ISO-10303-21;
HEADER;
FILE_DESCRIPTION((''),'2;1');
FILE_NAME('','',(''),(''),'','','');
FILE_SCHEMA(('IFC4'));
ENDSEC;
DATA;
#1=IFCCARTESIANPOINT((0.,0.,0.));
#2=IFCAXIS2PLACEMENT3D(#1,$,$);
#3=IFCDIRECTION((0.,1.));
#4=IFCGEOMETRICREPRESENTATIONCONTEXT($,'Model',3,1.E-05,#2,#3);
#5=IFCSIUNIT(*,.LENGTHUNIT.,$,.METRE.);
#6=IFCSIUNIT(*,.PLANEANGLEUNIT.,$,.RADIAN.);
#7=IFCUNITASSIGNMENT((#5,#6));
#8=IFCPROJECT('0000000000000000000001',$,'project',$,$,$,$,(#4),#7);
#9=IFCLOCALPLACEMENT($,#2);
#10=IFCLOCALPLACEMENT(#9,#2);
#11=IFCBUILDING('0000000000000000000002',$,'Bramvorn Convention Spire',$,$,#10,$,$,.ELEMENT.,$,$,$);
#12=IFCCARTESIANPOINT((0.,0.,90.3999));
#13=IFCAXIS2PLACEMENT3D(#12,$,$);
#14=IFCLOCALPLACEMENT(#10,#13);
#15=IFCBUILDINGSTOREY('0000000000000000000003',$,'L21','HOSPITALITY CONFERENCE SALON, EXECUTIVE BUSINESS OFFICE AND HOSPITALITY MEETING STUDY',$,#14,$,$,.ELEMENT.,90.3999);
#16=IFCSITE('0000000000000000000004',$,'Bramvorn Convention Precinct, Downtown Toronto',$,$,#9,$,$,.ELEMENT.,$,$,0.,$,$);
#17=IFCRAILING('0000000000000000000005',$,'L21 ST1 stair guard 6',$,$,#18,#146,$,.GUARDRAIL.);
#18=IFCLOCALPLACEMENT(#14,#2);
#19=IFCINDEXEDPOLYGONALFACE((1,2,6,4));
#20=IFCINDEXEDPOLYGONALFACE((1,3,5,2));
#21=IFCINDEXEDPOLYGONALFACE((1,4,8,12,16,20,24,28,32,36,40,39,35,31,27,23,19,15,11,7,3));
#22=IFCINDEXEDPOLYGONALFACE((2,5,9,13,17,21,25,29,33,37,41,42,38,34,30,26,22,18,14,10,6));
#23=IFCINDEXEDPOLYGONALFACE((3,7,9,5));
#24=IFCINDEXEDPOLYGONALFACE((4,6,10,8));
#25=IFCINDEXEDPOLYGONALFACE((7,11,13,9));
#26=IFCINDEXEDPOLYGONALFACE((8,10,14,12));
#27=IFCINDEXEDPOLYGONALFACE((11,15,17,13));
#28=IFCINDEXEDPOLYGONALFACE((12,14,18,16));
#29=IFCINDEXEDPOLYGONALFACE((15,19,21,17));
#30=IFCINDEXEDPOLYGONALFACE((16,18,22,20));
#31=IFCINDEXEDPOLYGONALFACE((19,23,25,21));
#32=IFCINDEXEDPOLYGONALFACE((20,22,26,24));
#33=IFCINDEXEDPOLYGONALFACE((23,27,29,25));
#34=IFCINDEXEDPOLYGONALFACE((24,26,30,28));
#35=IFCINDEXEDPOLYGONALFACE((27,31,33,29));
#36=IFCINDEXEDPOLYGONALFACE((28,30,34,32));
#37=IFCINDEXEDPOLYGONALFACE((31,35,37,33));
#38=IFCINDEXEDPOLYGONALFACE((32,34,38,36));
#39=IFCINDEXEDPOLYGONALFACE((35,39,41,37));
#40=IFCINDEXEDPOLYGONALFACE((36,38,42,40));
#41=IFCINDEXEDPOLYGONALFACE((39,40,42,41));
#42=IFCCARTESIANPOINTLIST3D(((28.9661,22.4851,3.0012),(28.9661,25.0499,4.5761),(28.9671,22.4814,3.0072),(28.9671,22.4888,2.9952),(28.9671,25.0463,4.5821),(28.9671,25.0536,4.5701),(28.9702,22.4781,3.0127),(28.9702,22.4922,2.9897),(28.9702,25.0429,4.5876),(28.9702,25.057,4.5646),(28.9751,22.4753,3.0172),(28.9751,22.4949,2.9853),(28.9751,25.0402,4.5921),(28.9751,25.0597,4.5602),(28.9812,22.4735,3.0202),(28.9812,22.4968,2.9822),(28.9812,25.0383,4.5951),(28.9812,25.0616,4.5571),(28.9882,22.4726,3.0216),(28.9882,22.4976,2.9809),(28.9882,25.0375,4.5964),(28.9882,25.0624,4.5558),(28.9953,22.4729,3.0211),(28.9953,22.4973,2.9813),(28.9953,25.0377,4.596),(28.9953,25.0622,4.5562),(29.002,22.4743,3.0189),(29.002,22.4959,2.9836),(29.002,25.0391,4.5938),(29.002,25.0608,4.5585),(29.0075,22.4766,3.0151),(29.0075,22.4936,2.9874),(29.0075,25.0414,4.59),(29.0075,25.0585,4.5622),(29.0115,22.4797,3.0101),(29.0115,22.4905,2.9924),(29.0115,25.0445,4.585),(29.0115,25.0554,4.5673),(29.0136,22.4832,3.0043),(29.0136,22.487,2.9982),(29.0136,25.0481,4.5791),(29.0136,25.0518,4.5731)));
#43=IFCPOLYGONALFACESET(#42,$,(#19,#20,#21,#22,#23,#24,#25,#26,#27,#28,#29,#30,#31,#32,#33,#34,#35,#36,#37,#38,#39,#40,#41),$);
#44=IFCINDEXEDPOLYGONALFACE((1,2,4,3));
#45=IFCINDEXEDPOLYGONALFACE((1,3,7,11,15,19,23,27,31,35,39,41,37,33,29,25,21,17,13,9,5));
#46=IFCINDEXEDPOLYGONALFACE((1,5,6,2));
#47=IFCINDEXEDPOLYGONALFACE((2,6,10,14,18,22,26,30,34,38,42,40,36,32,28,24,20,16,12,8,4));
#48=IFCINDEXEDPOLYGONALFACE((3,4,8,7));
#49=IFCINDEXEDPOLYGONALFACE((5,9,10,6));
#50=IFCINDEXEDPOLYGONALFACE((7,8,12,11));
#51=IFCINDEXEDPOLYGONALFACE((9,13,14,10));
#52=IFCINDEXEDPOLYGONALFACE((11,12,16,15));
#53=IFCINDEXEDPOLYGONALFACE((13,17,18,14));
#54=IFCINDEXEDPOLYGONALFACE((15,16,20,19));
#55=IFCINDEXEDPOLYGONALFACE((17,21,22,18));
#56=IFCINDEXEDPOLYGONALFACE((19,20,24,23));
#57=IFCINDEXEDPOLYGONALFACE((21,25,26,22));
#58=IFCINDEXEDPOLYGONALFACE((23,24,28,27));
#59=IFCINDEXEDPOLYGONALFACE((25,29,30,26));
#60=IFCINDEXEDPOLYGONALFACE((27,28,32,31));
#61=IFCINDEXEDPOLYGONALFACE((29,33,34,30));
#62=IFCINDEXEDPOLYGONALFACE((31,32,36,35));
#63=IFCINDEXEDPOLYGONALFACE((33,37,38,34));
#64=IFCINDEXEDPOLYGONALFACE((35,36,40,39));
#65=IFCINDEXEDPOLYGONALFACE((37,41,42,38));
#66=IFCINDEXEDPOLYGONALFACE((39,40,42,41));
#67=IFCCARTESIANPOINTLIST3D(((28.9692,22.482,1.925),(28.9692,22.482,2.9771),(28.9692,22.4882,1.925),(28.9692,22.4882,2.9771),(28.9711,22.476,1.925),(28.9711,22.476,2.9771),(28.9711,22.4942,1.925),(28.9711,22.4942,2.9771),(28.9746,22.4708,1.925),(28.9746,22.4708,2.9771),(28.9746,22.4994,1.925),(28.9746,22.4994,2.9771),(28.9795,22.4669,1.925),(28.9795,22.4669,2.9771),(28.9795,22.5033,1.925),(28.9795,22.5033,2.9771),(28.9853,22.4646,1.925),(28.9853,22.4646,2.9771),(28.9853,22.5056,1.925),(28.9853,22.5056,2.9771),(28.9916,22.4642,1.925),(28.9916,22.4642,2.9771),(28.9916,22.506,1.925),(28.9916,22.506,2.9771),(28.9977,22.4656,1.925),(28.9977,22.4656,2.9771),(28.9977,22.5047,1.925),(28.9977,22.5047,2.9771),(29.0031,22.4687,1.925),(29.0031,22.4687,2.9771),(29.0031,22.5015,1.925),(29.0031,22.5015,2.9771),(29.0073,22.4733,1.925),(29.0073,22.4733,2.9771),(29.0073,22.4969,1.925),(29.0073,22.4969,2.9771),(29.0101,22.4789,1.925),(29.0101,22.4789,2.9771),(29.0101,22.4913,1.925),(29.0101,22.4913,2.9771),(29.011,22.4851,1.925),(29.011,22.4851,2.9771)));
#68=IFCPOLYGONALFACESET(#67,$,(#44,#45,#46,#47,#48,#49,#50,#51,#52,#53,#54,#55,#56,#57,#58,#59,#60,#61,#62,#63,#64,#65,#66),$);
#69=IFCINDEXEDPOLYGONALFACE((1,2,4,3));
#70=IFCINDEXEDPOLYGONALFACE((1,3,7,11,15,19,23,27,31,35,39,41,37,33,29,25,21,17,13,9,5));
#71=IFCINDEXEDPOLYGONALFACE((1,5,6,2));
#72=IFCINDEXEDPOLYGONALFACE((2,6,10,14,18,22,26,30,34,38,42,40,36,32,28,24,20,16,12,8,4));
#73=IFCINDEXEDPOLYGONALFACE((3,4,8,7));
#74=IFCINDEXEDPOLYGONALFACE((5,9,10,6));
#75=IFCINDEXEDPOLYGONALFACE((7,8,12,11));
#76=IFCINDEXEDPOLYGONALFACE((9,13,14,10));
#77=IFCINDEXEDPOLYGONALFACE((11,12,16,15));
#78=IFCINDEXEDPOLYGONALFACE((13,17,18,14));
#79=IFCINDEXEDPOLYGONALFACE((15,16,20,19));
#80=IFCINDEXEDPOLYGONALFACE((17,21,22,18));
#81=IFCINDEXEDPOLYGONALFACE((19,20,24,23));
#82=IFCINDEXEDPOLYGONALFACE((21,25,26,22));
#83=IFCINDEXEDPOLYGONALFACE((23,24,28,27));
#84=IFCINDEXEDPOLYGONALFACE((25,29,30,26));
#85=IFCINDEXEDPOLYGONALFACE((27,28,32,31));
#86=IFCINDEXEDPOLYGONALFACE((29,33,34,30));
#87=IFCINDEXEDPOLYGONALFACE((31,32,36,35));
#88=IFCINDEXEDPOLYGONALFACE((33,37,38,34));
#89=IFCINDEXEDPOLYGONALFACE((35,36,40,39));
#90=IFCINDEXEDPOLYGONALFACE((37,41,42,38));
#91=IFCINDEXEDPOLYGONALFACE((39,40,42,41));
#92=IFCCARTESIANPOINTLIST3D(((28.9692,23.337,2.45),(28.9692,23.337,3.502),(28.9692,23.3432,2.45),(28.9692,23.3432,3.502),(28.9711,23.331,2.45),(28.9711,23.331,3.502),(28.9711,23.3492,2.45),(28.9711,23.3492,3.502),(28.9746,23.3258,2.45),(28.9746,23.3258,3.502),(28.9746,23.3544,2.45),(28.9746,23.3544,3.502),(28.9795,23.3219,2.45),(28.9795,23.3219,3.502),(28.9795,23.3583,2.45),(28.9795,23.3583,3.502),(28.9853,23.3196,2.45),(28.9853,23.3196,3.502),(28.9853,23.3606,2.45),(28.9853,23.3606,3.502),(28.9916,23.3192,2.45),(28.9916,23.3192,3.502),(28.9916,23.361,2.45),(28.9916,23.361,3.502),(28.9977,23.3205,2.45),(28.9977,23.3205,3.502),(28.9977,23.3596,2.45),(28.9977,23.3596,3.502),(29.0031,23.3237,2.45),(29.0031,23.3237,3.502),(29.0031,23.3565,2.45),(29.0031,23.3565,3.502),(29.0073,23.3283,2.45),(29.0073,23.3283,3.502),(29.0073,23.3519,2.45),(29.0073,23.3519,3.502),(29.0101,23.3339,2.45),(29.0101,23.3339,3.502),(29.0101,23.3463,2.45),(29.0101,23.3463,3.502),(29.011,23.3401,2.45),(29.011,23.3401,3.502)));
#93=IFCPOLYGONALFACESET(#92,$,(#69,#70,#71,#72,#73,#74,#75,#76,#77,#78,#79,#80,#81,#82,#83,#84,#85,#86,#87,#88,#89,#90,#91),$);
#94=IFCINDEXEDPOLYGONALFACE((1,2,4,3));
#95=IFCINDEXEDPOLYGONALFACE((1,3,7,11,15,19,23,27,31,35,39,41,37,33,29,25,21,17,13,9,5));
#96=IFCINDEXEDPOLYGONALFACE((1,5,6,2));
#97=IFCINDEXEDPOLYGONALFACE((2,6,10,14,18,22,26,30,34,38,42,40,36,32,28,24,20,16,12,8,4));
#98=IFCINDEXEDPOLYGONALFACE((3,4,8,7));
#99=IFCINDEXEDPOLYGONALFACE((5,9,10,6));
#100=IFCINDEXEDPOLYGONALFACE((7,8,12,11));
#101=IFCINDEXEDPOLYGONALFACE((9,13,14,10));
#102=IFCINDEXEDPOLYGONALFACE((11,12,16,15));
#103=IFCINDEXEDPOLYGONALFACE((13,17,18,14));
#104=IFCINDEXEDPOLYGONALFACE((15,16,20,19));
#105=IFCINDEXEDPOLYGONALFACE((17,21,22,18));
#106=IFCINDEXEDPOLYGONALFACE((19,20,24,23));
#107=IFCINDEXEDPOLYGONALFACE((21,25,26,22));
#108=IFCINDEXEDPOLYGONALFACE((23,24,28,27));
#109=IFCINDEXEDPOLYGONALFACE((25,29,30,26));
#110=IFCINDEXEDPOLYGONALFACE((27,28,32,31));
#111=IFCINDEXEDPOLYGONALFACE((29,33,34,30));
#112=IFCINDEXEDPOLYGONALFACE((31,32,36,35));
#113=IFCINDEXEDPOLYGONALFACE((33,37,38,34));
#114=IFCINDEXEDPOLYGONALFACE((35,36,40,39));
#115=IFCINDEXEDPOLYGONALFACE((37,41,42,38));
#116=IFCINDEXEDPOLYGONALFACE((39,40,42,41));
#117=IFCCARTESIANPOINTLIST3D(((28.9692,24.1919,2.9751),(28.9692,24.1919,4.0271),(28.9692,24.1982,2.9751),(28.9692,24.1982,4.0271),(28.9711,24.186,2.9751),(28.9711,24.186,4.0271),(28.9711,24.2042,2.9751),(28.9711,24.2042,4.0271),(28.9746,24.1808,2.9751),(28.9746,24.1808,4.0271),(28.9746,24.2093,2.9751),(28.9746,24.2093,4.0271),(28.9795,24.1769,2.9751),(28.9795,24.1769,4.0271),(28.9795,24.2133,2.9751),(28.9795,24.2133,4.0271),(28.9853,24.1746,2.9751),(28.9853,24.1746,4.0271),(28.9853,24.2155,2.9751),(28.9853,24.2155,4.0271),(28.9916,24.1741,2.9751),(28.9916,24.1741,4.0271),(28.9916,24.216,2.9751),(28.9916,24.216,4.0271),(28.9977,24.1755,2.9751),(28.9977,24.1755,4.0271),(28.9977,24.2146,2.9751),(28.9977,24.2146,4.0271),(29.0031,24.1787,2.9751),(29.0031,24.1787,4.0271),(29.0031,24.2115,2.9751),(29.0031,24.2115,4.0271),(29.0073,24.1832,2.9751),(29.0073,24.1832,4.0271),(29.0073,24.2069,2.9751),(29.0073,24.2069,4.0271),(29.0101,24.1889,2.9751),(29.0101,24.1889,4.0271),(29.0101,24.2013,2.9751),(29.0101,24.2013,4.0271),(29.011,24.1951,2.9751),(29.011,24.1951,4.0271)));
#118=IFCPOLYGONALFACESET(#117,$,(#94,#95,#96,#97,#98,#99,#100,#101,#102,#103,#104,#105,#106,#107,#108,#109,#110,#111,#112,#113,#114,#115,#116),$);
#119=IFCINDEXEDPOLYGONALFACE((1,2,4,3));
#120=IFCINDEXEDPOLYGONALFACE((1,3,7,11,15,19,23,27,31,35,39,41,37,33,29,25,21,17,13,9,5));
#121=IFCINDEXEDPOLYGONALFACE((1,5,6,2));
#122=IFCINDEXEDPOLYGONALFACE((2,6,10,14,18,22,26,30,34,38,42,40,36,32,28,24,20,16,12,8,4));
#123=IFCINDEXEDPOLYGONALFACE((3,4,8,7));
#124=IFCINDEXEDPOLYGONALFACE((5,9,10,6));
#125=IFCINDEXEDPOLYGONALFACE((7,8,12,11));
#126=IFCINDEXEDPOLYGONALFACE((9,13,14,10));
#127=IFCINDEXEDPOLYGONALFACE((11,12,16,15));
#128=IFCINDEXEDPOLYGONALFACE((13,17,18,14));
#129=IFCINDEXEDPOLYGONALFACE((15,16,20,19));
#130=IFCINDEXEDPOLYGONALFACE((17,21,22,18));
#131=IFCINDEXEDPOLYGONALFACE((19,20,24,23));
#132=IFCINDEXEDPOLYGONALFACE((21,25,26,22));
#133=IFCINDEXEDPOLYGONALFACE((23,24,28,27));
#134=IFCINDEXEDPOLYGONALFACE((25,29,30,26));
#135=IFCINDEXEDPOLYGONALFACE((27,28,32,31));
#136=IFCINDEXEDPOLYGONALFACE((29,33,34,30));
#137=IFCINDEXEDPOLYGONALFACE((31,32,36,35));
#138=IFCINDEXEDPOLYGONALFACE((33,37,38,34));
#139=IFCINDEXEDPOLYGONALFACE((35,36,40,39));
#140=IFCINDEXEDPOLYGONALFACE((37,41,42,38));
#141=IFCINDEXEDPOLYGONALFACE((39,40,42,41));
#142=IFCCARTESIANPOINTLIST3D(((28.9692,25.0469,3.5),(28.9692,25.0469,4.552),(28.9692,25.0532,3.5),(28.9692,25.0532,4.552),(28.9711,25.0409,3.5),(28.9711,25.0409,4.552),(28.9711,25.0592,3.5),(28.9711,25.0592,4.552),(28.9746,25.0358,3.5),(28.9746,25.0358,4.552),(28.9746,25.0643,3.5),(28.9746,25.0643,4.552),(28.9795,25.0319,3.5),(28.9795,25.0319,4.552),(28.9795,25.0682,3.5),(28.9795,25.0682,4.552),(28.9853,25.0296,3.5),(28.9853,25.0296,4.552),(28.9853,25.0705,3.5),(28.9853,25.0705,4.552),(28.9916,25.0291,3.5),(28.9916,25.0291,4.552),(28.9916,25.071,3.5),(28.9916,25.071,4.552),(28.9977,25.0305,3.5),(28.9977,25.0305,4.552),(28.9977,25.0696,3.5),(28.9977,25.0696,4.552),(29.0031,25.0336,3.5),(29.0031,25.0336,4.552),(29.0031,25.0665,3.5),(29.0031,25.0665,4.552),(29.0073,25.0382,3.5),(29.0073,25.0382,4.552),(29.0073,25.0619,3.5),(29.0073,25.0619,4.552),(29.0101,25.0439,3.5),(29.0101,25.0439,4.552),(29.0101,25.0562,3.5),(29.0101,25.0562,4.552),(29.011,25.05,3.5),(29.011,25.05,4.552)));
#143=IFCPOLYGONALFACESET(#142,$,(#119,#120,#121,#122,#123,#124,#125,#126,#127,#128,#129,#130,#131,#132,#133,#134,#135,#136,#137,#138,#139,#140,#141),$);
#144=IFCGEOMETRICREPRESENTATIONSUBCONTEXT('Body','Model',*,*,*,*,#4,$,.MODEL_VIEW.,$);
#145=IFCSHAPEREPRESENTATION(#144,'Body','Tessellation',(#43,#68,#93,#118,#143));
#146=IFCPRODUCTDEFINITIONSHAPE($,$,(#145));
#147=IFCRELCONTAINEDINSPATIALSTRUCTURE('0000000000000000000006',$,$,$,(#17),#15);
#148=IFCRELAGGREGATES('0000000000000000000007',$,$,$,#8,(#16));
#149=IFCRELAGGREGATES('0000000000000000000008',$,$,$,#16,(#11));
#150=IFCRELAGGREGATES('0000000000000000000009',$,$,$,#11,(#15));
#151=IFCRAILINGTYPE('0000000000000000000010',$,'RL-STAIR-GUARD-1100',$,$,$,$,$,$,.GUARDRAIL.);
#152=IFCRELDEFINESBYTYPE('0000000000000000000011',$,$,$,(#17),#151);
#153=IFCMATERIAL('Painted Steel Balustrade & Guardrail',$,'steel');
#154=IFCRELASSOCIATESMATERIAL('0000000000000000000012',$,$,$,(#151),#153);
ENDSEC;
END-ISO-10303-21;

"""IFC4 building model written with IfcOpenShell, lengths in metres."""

from ifc_helpers import new_model, si_unit, direction, frame, origin, origin_2d, place, context, subcontext, project, spatial, circle, extrude, material, type_object, element, save


model = new_model("IFC4")

# Units and contexts
model_context = context("Model", 3, precision=1e-05, world=origin(), true_north=direction((0.0, 1.0)))
body_context = subcontext(model_context, "Body", "Model", "MODEL_VIEW")
ifc_project = project(units=[si_unit("LENGTHUNIT", "METRE"), si_unit("PLANEANGLEUNIT", "RADIAN")], contexts=[model_context])

# Site, building, storey
site_placement = place(None, origin())
site = spatial("IfcSite", under=ifc_project, at=site_placement, Name="Bramvorn Convention Precinct, Downtown Toronto", CompositionType="ELEMENT", RefElevation=0.0)
building_placement = place(site_placement, origin())
building = spatial("IfcBuilding", under=site, at=building_placement, Name="Bramvorn Convention Spire", CompositionType="ELEMENT")
storey_placement = place(building_placement, frame((0.0, 0.0, 90.3999)))
storey = spatial("IfcBuildingStorey", under=building, at=storey_placement, Name="L21", Description="HOSPITALITY CONFERENCE SALON, EXECUTIVE BUSINESS OFFICE AND HOSPITALITY MEETING STUDY", CompositionType="ELEMENT", Elevation=90.3999)

# Railing
ifc_material_1 = material(Name="Painted Steel Balustrade & Guardrail", Category="steel")
railing_type_1 = type_object("IfcRailingType", Name="RL-STAIR-GUARD-1100", PredefinedType="GUARDRAIL", material=ifc_material_1)
railing_1_placement = place(storey_placement, frame((28.99, 22.4851, 1.925)))
element("IfcRailing", 1, at=railing_1_placement, inside=storey, type_object=railing_type_1, Name="L21 ST1 stair guard 6", PredefinedType="GUARDRAIL", context=body_context, shape_type="SweptSolid", body=[
    extrude(circle(Radius=0.0239, at=origin_2d()), frame((0.0, 0.0, 1.0762), z_axis=(0.0, 0.852173, 0.52326), x_axis=(-1.0, 0.0, 0.0)), (0.0, 0.0, 1.0), 3.0098),
    extrude(circle(Radius=0.021, at=origin_2d()), origin(), (0.0, 0.0, 1.0), 1.052),
    extrude(circle(Radius=0.021, at=origin_2d()), frame((0.0, 0.855, 0.5249)), (0.0, 0.0, 1.0), 1.052),
    extrude(circle(Radius=0.021, at=origin_2d()), frame((0.0, 1.71, 1.05)), (0.0, 0.0, 1.0), 1.052),
    extrude(circle(Radius=0.021, at=origin_2d()), frame((0.0, 2.5649, 1.575)), (0.0, 0.0, 1.0), 1.052),
])

save(model, "model.ifc")
